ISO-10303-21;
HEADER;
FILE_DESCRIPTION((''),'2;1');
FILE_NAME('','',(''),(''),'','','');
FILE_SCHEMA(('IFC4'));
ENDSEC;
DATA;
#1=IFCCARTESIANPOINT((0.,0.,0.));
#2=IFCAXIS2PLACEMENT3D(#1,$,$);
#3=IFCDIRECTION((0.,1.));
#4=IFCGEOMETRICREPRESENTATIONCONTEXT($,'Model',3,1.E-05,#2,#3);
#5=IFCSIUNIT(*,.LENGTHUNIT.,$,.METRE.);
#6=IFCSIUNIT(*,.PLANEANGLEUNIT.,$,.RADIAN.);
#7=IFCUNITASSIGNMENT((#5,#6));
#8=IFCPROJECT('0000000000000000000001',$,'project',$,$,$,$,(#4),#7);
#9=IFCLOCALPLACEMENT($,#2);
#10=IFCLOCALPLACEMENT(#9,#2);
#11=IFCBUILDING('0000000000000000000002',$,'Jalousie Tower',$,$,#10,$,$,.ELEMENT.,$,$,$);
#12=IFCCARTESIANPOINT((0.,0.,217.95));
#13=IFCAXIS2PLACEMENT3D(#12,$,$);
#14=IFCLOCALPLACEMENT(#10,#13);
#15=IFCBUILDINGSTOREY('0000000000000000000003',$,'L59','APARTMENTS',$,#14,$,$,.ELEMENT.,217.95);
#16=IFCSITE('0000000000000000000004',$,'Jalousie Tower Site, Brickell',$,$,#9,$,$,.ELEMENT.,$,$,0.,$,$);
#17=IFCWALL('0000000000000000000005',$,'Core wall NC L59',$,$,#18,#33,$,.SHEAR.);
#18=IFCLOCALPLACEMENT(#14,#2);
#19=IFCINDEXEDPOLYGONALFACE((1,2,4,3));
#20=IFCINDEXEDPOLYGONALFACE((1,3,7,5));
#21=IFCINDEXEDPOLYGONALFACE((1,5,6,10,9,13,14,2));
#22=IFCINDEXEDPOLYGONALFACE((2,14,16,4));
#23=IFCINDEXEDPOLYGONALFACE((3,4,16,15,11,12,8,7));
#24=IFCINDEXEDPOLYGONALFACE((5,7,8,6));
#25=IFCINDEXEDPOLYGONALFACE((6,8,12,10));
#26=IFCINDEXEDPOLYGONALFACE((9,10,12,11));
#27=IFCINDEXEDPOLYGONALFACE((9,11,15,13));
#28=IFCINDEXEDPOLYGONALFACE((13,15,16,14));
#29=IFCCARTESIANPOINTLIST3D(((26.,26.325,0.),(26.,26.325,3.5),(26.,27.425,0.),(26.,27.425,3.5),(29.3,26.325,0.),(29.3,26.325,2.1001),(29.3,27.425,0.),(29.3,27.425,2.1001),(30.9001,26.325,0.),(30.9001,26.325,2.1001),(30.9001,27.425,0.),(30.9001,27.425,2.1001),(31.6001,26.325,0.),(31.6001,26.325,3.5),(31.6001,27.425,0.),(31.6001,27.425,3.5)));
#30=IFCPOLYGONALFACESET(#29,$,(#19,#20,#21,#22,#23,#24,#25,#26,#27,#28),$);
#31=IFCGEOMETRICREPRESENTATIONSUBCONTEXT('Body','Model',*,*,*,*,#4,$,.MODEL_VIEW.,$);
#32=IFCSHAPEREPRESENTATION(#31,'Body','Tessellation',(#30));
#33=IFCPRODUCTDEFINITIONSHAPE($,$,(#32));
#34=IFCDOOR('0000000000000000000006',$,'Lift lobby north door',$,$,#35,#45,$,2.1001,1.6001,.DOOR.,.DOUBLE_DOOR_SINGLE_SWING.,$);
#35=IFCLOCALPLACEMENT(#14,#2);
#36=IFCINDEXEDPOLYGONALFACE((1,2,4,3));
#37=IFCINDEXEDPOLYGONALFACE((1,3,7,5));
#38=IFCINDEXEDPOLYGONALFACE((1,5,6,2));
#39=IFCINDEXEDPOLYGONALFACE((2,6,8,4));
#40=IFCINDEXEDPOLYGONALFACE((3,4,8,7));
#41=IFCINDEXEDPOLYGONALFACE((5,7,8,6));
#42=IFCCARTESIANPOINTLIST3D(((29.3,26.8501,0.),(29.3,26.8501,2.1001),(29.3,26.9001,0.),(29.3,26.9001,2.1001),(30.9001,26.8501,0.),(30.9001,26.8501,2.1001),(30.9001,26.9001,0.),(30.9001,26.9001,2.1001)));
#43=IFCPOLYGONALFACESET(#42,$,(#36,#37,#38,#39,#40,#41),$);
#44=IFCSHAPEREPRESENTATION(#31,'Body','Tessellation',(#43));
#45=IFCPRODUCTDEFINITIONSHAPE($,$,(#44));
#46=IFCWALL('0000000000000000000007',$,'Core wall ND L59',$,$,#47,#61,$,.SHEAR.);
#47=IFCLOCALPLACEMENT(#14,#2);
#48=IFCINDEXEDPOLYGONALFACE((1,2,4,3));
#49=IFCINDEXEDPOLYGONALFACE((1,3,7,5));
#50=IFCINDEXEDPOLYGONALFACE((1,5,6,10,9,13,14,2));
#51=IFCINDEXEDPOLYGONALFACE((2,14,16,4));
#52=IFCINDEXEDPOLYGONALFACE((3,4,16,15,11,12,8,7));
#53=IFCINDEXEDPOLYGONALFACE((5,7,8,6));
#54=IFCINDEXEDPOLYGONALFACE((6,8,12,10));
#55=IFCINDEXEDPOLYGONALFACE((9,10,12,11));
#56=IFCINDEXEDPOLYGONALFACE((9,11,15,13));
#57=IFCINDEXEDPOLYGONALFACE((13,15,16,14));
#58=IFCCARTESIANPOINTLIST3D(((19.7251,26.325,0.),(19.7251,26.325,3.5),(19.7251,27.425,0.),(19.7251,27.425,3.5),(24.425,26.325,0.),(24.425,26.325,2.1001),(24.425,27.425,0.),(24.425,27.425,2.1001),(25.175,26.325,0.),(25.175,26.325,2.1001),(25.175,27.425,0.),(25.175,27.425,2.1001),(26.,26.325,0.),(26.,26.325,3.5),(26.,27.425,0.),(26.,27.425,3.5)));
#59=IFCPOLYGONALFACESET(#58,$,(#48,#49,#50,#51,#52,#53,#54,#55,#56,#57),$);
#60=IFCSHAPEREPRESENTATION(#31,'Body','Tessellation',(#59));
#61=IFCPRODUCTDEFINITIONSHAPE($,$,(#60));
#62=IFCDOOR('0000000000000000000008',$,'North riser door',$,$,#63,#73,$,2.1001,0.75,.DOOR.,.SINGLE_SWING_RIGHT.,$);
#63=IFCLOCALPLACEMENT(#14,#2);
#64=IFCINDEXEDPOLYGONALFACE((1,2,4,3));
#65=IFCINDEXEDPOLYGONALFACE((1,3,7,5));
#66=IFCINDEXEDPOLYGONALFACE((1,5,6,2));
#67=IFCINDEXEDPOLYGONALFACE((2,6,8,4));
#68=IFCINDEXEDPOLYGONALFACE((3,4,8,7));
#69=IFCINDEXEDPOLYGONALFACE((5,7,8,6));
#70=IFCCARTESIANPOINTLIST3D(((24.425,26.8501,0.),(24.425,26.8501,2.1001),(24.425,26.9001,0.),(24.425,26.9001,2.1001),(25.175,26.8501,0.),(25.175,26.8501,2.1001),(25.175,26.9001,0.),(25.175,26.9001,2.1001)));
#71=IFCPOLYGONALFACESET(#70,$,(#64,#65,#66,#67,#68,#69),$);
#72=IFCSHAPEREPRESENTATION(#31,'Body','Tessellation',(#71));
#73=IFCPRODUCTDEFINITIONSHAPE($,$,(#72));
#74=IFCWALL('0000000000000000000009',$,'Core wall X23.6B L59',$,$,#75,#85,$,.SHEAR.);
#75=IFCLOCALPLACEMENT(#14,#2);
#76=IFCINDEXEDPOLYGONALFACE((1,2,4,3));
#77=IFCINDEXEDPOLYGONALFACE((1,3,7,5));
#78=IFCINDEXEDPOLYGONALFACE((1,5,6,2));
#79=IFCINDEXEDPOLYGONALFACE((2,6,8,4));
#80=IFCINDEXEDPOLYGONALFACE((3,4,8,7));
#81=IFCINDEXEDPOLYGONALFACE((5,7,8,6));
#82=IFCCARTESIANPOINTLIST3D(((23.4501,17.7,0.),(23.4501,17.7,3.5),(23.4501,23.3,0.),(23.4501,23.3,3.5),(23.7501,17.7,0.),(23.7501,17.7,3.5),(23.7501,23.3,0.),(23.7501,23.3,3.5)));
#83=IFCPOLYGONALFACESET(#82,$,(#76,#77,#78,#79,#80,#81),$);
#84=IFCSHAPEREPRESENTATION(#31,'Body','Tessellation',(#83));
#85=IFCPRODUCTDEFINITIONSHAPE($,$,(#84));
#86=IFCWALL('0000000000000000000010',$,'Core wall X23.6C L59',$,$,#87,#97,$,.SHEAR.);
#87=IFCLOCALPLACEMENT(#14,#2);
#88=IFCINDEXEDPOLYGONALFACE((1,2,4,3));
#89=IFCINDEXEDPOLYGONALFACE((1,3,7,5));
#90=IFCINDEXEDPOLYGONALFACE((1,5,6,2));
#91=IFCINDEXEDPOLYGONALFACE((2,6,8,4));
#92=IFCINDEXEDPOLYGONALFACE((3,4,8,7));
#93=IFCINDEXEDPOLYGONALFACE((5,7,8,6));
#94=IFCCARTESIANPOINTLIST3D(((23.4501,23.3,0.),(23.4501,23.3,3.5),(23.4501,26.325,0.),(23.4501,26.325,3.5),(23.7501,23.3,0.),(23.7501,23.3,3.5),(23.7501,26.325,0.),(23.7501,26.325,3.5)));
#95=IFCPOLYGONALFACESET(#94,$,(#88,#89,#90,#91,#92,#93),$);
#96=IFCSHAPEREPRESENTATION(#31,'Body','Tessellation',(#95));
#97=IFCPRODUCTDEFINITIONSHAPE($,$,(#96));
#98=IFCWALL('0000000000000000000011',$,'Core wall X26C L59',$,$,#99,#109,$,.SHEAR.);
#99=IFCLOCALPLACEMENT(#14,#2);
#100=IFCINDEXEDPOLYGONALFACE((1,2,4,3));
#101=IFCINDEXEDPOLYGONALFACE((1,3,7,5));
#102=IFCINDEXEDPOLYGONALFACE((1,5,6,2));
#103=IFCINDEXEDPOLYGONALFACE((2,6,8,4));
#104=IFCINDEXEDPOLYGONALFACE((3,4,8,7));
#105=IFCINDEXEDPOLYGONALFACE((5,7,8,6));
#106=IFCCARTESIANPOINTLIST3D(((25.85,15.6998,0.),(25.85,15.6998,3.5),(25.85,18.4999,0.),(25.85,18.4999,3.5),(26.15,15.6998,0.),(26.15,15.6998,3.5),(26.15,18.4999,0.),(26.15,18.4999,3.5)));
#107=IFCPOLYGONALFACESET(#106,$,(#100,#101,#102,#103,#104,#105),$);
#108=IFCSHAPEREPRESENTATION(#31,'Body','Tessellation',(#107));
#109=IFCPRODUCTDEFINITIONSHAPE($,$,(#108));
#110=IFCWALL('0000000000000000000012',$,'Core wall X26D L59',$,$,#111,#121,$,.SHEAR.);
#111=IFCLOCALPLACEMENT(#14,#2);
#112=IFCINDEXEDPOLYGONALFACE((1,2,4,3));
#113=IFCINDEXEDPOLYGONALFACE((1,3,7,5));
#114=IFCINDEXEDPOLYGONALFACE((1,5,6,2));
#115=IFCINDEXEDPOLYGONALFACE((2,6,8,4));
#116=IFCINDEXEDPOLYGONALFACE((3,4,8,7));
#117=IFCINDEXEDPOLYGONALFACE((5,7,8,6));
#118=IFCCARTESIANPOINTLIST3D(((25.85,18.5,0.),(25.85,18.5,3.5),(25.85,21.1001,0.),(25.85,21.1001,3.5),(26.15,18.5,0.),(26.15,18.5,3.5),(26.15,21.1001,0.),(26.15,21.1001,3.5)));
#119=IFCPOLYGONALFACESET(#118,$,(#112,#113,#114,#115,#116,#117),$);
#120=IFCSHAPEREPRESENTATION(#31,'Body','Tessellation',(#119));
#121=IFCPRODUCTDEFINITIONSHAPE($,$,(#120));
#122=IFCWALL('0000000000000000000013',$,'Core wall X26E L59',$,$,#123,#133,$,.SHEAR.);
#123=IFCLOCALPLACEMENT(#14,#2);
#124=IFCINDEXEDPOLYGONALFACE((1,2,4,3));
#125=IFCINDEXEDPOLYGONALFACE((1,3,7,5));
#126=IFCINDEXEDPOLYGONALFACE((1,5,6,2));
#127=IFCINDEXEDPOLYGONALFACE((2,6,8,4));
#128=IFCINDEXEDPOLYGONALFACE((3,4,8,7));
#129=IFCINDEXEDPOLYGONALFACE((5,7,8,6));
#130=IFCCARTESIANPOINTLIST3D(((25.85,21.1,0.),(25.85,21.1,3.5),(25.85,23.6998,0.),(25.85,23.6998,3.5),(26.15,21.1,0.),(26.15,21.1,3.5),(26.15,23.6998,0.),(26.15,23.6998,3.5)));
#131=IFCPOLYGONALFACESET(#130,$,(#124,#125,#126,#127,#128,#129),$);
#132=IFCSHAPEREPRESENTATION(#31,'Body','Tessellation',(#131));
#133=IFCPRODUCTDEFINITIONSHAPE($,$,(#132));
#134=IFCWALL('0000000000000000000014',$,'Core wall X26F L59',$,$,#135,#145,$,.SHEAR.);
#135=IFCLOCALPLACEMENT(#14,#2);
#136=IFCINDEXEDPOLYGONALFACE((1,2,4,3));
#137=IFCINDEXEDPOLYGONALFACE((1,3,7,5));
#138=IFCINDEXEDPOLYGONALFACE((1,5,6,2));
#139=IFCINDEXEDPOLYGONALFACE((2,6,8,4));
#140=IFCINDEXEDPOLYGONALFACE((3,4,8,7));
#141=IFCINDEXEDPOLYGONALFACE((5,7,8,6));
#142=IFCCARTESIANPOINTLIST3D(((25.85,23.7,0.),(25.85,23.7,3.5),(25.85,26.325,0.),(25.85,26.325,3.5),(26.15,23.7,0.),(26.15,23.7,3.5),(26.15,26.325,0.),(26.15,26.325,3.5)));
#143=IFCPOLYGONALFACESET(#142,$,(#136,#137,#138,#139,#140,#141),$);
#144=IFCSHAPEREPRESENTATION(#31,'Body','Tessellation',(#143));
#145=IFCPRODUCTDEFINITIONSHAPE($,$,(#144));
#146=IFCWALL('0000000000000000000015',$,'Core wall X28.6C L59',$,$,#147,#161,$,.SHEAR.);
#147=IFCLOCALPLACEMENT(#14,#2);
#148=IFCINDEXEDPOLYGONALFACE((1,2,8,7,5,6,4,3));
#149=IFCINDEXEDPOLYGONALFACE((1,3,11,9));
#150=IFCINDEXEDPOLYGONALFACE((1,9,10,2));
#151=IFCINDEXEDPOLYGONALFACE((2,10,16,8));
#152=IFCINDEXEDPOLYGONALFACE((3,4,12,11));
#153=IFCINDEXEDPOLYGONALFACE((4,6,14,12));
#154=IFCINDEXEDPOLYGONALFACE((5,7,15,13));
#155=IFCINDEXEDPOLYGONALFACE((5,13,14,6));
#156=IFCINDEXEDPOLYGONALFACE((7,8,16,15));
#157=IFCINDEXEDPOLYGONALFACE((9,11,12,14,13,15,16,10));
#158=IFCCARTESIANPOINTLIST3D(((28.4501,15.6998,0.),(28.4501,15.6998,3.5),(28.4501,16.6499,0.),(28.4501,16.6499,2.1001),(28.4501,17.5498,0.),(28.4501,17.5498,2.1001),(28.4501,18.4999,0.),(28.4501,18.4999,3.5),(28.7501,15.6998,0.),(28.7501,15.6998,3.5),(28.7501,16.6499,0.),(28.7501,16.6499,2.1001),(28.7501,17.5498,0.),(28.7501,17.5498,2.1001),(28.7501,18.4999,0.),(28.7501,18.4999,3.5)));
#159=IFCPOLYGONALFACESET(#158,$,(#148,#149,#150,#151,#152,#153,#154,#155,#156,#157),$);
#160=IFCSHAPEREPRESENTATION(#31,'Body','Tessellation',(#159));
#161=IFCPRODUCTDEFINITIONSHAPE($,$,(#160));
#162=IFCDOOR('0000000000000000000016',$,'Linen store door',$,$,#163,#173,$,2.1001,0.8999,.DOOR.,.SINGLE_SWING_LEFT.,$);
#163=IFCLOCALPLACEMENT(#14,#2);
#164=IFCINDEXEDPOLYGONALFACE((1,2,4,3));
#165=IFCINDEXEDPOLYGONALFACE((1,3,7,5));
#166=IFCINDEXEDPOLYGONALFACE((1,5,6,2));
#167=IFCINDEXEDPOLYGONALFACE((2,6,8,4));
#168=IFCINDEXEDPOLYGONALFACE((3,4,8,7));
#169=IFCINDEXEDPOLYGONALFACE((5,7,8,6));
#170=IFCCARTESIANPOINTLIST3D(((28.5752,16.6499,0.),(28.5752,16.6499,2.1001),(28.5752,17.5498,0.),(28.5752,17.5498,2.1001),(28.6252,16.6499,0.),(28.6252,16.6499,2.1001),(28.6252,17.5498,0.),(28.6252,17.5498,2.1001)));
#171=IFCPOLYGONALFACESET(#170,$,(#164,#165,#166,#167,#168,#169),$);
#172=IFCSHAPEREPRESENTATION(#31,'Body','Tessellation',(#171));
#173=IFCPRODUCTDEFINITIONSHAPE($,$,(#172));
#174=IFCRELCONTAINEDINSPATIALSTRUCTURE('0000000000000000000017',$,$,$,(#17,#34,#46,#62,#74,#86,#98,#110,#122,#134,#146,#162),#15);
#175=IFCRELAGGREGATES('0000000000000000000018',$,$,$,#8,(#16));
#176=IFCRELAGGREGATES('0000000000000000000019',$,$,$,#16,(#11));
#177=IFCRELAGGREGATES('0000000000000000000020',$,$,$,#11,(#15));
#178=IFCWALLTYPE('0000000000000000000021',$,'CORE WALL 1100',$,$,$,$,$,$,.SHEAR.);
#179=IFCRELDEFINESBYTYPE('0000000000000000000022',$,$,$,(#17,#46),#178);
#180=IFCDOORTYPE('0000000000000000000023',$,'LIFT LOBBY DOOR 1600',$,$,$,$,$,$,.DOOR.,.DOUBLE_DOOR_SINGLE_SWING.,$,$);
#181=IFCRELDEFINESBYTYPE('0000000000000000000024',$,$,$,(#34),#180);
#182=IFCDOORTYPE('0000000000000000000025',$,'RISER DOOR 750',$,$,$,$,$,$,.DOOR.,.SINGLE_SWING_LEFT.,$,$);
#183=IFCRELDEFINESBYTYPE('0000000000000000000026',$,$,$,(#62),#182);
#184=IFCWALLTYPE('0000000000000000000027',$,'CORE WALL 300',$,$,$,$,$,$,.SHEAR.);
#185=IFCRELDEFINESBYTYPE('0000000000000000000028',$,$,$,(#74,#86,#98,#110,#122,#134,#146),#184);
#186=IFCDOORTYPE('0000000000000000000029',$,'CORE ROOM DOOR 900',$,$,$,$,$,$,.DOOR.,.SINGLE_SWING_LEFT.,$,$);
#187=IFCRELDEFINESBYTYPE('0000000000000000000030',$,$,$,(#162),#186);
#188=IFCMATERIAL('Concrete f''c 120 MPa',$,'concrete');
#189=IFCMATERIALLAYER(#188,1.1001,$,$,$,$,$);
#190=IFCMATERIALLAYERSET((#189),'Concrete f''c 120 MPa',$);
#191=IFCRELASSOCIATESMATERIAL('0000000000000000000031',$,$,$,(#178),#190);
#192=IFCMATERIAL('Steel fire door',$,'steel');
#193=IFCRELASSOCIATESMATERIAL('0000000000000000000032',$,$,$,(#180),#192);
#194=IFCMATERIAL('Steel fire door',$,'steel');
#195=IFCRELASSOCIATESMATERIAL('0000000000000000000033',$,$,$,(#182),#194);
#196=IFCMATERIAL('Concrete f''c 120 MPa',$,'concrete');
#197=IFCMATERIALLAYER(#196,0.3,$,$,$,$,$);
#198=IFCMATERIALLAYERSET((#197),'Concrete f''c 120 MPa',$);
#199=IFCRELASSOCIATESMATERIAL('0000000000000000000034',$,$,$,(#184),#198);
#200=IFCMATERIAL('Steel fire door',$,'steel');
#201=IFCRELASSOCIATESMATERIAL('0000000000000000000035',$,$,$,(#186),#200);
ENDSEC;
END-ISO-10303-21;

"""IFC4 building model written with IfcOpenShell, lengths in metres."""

from ifc_helpers import new_model, si_unit, direction, frame, frame_2d, origin, place, context, subcontext, project, spatial, rectangle, extrude, material, layer, layer_set, type_object, element, fill, save


model = new_model("IFC4")

# Units and contexts
model_context = context("Model", 3, precision=1e-05, world=origin(), true_north=direction((0.0, 1.0)))
body_context = subcontext(model_context, "Body", "Model", "MODEL_VIEW")
ifc_project = project(units=[si_unit("LENGTHUNIT", "METRE"), si_unit("PLANEANGLEUNIT", "RADIAN")], contexts=[model_context])

# Site, building, storey
site_placement = place(None, origin())
site = spatial("IfcSite", under=ifc_project, at=site_placement, Name="Jalousie Tower Site, Brickell", CompositionType="ELEMENT", RefElevation=0.0)
building_placement = place(site_placement, origin())
building = spatial("IfcBuilding", under=site, at=building_placement, Name="Jalousie Tower", CompositionType="ELEMENT")
storey_placement = place(building_placement, frame((0.0, 0.0, 217.95)))
storey = spatial("IfcBuildingStorey", under=building, at=storey_placement, Name="L59", Description="APARTMENTS", CompositionType="ELEMENT", Elevation=217.95)

# Walls, openings, doors
ifc_material_1 = material(Name="Concrete f'c 120 MPa", Category="concrete")
ifc_layer_1 = layer(ifc_material_1, 1.1001)
ifc_layer_set_1 = layer_set([ifc_layer_1], Name="Concrete f'c 120 MPa")
wall_type_1 = type_object("IfcWallType", Name="CORE WALL 1100", PredefinedType="SHEAR", material=ifc_layer_set_1)
wall_1_placement = place(storey_placement, frame((31.6001, 26.875, 0.0), z_axis=(0.0, 0.0, 1.0), x_axis=(-1.0, 0.0, 0.0)))
wall_1 = element("IfcWall", 1, at=wall_1_placement, inside=storey, type_object=wall_type_1, Name="Core wall NC L59", PredefinedType="SHEAR", context=body_context, shape_type="SweptSolid", body=[
    extrude(rectangle(XDim=5.6001, YDim=1.1001, at=frame_2d((2.8, 0.0))), origin(), (0.0, 0.0, 1.0), 3.5),
])
opening_1_placement = place(wall_1_placement, frame((0.7, 0.0, 0.0)))
opening_1 = element("IfcOpeningElement", 2, at=opening_1_placement, cuts=wall_1, PredefinedType="OPENING", context=body_context, shape_type="SweptSolid", body=[
    extrude(rectangle(XDim=1.6001, YDim=2.1001, at=frame_2d((0.8, 1.05))), frame((0.0, 0.5601, 0.0), z_axis=(0.0, -1.0, 0.0), x_axis=(1.0, 0.0, 0.0)), (0.0, 0.0, 1.0), 1.1201),
])
ifc_material_2 = material(Name="Steel fire door", Category="steel")
door_type_1 = type_object("IfcDoorType", Name="LIFT LOBBY DOOR 1600", OperationType="DOUBLE_DOOR_SINGLE_SWING", PredefinedType="DOOR", material=ifc_material_2)
door_1_placement = place(opening_1_placement, origin())
door_1 = element("IfcDoor", 3, at=door_1_placement, inside=storey, type_object=door_type_1, Name="Lift lobby north door", OperationType="DOUBLE_DOOR_SINGLE_SWING", OverallHeight=2.1001, OverallWidth=1.6001, PredefinedType="DOOR", context=body_context, shape_type="SweptSolid", body=[
    extrude(rectangle(XDim=1.6001, YDim=2.1001, at=frame_2d((0.8, 1.05))), frame((0.0, 0.0249, 0.0), z_axis=(0.0, -1.0, 0.0), x_axis=(1.0, 0.0, 0.0)), (0.0, 0.0, 1.0), 0.05),
])
fill(opening_1, door_1)
wall_2_placement = place(storey_placement, frame((26.0, 26.875, 0.0), z_axis=(0.0, 0.0, 1.0), x_axis=(-1.0, 0.0, 0.0)))
wall_2 = element("IfcWall", 4, at=wall_2_placement, inside=storey, type_object=wall_type_1, Name="Core wall ND L59", PredefinedType="SHEAR", context=body_context, shape_type="SweptSolid", body=[
    extrude(rectangle(XDim=6.2749, YDim=1.1001, at=frame_2d((3.1375, 0.0))), origin(), (0.0, 0.0, 1.0), 3.5),
])
opening_2_placement = place(wall_2_placement, frame((0.825, 0.0, 0.0)))
opening_2 = element("IfcOpeningElement", 5, at=opening_2_placement, cuts=wall_2, PredefinedType="OPENING", context=body_context, shape_type="SweptSolid", body=[
    extrude(rectangle(XDim=0.75, YDim=2.1001, at=frame_2d((0.375, 1.05))), frame((0.0, 0.5601, 0.0), z_axis=(0.0, -1.0, 0.0), x_axis=(1.0, 0.0, 0.0)), (0.0, 0.0, 1.0), 1.1201),
])
ifc_material_3 = material(Name="Steel fire door", Category="steel")
door_type_2 = type_object("IfcDoorType", Name="RISER DOOR 750", OperationType="SINGLE_SWING_LEFT", PredefinedType="DOOR", material=ifc_material_3)
door_2_placement = place(opening_2_placement, origin())
door_2 = element("IfcDoor", 6, at=door_2_placement, inside=storey, type_object=door_type_2, Name="North riser door", OperationType="SINGLE_SWING_RIGHT", OverallHeight=2.1001, OverallWidth=0.75, PredefinedType="DOOR", context=body_context, shape_type="SweptSolid", body=[
    extrude(rectangle(XDim=0.75, YDim=2.1001, at=frame_2d((0.375, 1.05))), frame((0.0, 0.0249, 0.0), z_axis=(0.0, -1.0, 0.0), x_axis=(1.0, 0.0, 0.0)), (0.0, 0.0, 1.0), 0.05),
])
fill(opening_2, door_2)

# Walls
ifc_material_4 = material(Name="Concrete f'c 120 MPa", Category="concrete")
ifc_layer_2 = layer(ifc_material_4, 0.3)
ifc_layer_set_2 = layer_set([ifc_layer_2], Name="Concrete f'c 120 MPa")
wall_type_2 = type_object("IfcWallType", Name="CORE WALL 300", PredefinedType="SHEAR", material=ifc_layer_set_2)
wall_3_placement = place(storey_placement, frame((23.6001, 17.7, 0.0), z_axis=(0.0, 0.0, 1.0), x_axis=(0.0, 1.0, 0.0)))
element("IfcWall", 7, at=wall_3_placement, inside=storey, type_object=wall_type_2, Name="Core wall X23.6B L59", PredefinedType="SHEAR", context=body_context, shape_type="SweptSolid", body=[
    extrude(rectangle(XDim=5.6001, YDim=0.3, at=frame_2d((2.8, 0.0))), origin(), (0.0, 0.0, 1.0), 3.5),
])
wall_4_placement = place(storey_placement, frame((23.6001, 23.3, 0.0), z_axis=(0.0, 0.0, 1.0), x_axis=(0.0, 1.0, 0.0)))
element("IfcWall", 8, at=wall_4_placement, inside=storey, type_object=wall_type_2, Name="Core wall X23.6C L59", PredefinedType="SHEAR", context=body_context, shape_type="SweptSolid", body=[
    extrude(rectangle(XDim=3.0249, YDim=0.3, at=frame_2d((1.5125, 0.0))), origin(), (0.0, 0.0, 1.0), 3.5),
])
wall_5_placement = place(storey_placement, frame((26.0, 15.7, 0.0), z_axis=(0.0, 0.0, 1.0), x_axis=(0.0, 1.0, 0.0)))
element("IfcWall", 9, at=wall_5_placement, inside=storey, type_object=wall_type_2, Name="Core wall X26C L59", PredefinedType="SHEAR", context=body_context, shape_type="SweptSolid", body=[
    extrude(rectangle(XDim=2.8, YDim=0.3, at=frame_2d((1.3999, 0.0))), origin(), (0.0, 0.0, 1.0), 3.5),
])
wall_6_placement = place(storey_placement, frame((26.0, 18.5, 0.0), z_axis=(0.0, 0.0, 1.0), x_axis=(0.0, 1.0, 0.0)))
element("IfcWall", 10, at=wall_6_placement, inside=storey, type_object=wall_type_2, Name="Core wall X26D L59", PredefinedType="SHEAR", context=body_context, shape_type="SweptSolid", body=[
    extrude(rectangle(XDim=2.6001, YDim=0.3, at=frame_2d((1.3, 0.0))), origin(), (0.0, 0.0, 1.0), 3.5),
])
wall_7_placement = place(storey_placement, frame((26.0, 21.1001, 0.0), z_axis=(0.0, 0.0, 1.0), x_axis=(0.0, 1.0, 0.0)))
element("IfcWall", 11, at=wall_7_placement, inside=storey, type_object=wall_type_2, Name="Core wall X26E L59", PredefinedType="SHEAR", context=body_context, shape_type="SweptSolid", body=[
    extrude(rectangle(XDim=2.5999, YDim=0.3, at=frame_2d((1.2998, 0.0))), origin(), (0.0, 0.0, 1.0), 3.5),
])
wall_8_placement = place(storey_placement, frame((26.0, 23.7, 0.0), z_axis=(0.0, 0.0, 1.0), x_axis=(0.0, 1.0, 0.0)))
element("IfcWall", 12, at=wall_8_placement, inside=storey, type_object=wall_type_2, Name="Core wall X26F L59", PredefinedType="SHEAR", context=body_context, shape_type="SweptSolid", body=[
    extrude(rectangle(XDim=2.625, YDim=0.3, at=frame_2d((1.3125, 0.0))), origin(), (0.0, 0.0, 1.0), 3.5),
])

# Wall, opening, door
wall_9_placement = place(storey_placement, frame((28.6001, 15.7, 0.0), z_axis=(0.0, 0.0, 1.0), x_axis=(0.0, 1.0, 0.0)))
wall_9 = element("IfcWall", 13, at=wall_9_placement, inside=storey, type_object=wall_type_2, Name="Core wall X28.6C L59", PredefinedType="SHEAR", context=body_context, shape_type="SweptSolid", body=[
    extrude(rectangle(XDim=2.8, YDim=0.3, at=frame_2d((1.3999, 0.0))), origin(), (0.0, 0.0, 1.0), 3.5),
])
opening_3_placement = place(wall_9_placement, frame((0.95, 0.0, 0.0)))
opening_3 = element("IfcOpeningElement", 14, at=opening_3_placement, cuts=wall_9, PredefinedType="OPENING", context=body_context, shape_type="SweptSolid", body=[
    extrude(rectangle(XDim=0.8999, YDim=2.1001, at=frame_2d((0.45, 1.05))), frame((0.0, 0.1599, 0.0), z_axis=(0.0, -1.0, 0.0), x_axis=(1.0, 0.0, 0.0)), (0.0, 0.0, 1.0), 0.3201),
])
ifc_material_5 = material(Name="Steel fire door", Category="steel")
door_type_3 = type_object("IfcDoorType", Name="CORE ROOM DOOR 900", OperationType="SINGLE_SWING_LEFT", PredefinedType="DOOR", material=ifc_material_5)
door_3_placement = place(opening_3_placement, origin())
door_3 = element("IfcDoor", 15, at=door_3_placement, inside=storey, type_object=door_type_3, Name="Linen store door", OperationType="SINGLE_SWING_LEFT", OverallHeight=2.1001, OverallWidth=0.8999, PredefinedType="DOOR", context=body_context, shape_type="SweptSolid", body=[
    extrude(rectangle(XDim=0.8999, YDim=2.1001, at=frame_2d((0.45, 1.05))), frame((0.0, 0.0249, 0.0), z_axis=(0.0, -1.0, 0.0), x_axis=(1.0, 0.0, 0.0)), (0.0, 0.0, 1.0), 0.05),
])
fill(opening_3, door_3)

save(model, "model.ifc")
